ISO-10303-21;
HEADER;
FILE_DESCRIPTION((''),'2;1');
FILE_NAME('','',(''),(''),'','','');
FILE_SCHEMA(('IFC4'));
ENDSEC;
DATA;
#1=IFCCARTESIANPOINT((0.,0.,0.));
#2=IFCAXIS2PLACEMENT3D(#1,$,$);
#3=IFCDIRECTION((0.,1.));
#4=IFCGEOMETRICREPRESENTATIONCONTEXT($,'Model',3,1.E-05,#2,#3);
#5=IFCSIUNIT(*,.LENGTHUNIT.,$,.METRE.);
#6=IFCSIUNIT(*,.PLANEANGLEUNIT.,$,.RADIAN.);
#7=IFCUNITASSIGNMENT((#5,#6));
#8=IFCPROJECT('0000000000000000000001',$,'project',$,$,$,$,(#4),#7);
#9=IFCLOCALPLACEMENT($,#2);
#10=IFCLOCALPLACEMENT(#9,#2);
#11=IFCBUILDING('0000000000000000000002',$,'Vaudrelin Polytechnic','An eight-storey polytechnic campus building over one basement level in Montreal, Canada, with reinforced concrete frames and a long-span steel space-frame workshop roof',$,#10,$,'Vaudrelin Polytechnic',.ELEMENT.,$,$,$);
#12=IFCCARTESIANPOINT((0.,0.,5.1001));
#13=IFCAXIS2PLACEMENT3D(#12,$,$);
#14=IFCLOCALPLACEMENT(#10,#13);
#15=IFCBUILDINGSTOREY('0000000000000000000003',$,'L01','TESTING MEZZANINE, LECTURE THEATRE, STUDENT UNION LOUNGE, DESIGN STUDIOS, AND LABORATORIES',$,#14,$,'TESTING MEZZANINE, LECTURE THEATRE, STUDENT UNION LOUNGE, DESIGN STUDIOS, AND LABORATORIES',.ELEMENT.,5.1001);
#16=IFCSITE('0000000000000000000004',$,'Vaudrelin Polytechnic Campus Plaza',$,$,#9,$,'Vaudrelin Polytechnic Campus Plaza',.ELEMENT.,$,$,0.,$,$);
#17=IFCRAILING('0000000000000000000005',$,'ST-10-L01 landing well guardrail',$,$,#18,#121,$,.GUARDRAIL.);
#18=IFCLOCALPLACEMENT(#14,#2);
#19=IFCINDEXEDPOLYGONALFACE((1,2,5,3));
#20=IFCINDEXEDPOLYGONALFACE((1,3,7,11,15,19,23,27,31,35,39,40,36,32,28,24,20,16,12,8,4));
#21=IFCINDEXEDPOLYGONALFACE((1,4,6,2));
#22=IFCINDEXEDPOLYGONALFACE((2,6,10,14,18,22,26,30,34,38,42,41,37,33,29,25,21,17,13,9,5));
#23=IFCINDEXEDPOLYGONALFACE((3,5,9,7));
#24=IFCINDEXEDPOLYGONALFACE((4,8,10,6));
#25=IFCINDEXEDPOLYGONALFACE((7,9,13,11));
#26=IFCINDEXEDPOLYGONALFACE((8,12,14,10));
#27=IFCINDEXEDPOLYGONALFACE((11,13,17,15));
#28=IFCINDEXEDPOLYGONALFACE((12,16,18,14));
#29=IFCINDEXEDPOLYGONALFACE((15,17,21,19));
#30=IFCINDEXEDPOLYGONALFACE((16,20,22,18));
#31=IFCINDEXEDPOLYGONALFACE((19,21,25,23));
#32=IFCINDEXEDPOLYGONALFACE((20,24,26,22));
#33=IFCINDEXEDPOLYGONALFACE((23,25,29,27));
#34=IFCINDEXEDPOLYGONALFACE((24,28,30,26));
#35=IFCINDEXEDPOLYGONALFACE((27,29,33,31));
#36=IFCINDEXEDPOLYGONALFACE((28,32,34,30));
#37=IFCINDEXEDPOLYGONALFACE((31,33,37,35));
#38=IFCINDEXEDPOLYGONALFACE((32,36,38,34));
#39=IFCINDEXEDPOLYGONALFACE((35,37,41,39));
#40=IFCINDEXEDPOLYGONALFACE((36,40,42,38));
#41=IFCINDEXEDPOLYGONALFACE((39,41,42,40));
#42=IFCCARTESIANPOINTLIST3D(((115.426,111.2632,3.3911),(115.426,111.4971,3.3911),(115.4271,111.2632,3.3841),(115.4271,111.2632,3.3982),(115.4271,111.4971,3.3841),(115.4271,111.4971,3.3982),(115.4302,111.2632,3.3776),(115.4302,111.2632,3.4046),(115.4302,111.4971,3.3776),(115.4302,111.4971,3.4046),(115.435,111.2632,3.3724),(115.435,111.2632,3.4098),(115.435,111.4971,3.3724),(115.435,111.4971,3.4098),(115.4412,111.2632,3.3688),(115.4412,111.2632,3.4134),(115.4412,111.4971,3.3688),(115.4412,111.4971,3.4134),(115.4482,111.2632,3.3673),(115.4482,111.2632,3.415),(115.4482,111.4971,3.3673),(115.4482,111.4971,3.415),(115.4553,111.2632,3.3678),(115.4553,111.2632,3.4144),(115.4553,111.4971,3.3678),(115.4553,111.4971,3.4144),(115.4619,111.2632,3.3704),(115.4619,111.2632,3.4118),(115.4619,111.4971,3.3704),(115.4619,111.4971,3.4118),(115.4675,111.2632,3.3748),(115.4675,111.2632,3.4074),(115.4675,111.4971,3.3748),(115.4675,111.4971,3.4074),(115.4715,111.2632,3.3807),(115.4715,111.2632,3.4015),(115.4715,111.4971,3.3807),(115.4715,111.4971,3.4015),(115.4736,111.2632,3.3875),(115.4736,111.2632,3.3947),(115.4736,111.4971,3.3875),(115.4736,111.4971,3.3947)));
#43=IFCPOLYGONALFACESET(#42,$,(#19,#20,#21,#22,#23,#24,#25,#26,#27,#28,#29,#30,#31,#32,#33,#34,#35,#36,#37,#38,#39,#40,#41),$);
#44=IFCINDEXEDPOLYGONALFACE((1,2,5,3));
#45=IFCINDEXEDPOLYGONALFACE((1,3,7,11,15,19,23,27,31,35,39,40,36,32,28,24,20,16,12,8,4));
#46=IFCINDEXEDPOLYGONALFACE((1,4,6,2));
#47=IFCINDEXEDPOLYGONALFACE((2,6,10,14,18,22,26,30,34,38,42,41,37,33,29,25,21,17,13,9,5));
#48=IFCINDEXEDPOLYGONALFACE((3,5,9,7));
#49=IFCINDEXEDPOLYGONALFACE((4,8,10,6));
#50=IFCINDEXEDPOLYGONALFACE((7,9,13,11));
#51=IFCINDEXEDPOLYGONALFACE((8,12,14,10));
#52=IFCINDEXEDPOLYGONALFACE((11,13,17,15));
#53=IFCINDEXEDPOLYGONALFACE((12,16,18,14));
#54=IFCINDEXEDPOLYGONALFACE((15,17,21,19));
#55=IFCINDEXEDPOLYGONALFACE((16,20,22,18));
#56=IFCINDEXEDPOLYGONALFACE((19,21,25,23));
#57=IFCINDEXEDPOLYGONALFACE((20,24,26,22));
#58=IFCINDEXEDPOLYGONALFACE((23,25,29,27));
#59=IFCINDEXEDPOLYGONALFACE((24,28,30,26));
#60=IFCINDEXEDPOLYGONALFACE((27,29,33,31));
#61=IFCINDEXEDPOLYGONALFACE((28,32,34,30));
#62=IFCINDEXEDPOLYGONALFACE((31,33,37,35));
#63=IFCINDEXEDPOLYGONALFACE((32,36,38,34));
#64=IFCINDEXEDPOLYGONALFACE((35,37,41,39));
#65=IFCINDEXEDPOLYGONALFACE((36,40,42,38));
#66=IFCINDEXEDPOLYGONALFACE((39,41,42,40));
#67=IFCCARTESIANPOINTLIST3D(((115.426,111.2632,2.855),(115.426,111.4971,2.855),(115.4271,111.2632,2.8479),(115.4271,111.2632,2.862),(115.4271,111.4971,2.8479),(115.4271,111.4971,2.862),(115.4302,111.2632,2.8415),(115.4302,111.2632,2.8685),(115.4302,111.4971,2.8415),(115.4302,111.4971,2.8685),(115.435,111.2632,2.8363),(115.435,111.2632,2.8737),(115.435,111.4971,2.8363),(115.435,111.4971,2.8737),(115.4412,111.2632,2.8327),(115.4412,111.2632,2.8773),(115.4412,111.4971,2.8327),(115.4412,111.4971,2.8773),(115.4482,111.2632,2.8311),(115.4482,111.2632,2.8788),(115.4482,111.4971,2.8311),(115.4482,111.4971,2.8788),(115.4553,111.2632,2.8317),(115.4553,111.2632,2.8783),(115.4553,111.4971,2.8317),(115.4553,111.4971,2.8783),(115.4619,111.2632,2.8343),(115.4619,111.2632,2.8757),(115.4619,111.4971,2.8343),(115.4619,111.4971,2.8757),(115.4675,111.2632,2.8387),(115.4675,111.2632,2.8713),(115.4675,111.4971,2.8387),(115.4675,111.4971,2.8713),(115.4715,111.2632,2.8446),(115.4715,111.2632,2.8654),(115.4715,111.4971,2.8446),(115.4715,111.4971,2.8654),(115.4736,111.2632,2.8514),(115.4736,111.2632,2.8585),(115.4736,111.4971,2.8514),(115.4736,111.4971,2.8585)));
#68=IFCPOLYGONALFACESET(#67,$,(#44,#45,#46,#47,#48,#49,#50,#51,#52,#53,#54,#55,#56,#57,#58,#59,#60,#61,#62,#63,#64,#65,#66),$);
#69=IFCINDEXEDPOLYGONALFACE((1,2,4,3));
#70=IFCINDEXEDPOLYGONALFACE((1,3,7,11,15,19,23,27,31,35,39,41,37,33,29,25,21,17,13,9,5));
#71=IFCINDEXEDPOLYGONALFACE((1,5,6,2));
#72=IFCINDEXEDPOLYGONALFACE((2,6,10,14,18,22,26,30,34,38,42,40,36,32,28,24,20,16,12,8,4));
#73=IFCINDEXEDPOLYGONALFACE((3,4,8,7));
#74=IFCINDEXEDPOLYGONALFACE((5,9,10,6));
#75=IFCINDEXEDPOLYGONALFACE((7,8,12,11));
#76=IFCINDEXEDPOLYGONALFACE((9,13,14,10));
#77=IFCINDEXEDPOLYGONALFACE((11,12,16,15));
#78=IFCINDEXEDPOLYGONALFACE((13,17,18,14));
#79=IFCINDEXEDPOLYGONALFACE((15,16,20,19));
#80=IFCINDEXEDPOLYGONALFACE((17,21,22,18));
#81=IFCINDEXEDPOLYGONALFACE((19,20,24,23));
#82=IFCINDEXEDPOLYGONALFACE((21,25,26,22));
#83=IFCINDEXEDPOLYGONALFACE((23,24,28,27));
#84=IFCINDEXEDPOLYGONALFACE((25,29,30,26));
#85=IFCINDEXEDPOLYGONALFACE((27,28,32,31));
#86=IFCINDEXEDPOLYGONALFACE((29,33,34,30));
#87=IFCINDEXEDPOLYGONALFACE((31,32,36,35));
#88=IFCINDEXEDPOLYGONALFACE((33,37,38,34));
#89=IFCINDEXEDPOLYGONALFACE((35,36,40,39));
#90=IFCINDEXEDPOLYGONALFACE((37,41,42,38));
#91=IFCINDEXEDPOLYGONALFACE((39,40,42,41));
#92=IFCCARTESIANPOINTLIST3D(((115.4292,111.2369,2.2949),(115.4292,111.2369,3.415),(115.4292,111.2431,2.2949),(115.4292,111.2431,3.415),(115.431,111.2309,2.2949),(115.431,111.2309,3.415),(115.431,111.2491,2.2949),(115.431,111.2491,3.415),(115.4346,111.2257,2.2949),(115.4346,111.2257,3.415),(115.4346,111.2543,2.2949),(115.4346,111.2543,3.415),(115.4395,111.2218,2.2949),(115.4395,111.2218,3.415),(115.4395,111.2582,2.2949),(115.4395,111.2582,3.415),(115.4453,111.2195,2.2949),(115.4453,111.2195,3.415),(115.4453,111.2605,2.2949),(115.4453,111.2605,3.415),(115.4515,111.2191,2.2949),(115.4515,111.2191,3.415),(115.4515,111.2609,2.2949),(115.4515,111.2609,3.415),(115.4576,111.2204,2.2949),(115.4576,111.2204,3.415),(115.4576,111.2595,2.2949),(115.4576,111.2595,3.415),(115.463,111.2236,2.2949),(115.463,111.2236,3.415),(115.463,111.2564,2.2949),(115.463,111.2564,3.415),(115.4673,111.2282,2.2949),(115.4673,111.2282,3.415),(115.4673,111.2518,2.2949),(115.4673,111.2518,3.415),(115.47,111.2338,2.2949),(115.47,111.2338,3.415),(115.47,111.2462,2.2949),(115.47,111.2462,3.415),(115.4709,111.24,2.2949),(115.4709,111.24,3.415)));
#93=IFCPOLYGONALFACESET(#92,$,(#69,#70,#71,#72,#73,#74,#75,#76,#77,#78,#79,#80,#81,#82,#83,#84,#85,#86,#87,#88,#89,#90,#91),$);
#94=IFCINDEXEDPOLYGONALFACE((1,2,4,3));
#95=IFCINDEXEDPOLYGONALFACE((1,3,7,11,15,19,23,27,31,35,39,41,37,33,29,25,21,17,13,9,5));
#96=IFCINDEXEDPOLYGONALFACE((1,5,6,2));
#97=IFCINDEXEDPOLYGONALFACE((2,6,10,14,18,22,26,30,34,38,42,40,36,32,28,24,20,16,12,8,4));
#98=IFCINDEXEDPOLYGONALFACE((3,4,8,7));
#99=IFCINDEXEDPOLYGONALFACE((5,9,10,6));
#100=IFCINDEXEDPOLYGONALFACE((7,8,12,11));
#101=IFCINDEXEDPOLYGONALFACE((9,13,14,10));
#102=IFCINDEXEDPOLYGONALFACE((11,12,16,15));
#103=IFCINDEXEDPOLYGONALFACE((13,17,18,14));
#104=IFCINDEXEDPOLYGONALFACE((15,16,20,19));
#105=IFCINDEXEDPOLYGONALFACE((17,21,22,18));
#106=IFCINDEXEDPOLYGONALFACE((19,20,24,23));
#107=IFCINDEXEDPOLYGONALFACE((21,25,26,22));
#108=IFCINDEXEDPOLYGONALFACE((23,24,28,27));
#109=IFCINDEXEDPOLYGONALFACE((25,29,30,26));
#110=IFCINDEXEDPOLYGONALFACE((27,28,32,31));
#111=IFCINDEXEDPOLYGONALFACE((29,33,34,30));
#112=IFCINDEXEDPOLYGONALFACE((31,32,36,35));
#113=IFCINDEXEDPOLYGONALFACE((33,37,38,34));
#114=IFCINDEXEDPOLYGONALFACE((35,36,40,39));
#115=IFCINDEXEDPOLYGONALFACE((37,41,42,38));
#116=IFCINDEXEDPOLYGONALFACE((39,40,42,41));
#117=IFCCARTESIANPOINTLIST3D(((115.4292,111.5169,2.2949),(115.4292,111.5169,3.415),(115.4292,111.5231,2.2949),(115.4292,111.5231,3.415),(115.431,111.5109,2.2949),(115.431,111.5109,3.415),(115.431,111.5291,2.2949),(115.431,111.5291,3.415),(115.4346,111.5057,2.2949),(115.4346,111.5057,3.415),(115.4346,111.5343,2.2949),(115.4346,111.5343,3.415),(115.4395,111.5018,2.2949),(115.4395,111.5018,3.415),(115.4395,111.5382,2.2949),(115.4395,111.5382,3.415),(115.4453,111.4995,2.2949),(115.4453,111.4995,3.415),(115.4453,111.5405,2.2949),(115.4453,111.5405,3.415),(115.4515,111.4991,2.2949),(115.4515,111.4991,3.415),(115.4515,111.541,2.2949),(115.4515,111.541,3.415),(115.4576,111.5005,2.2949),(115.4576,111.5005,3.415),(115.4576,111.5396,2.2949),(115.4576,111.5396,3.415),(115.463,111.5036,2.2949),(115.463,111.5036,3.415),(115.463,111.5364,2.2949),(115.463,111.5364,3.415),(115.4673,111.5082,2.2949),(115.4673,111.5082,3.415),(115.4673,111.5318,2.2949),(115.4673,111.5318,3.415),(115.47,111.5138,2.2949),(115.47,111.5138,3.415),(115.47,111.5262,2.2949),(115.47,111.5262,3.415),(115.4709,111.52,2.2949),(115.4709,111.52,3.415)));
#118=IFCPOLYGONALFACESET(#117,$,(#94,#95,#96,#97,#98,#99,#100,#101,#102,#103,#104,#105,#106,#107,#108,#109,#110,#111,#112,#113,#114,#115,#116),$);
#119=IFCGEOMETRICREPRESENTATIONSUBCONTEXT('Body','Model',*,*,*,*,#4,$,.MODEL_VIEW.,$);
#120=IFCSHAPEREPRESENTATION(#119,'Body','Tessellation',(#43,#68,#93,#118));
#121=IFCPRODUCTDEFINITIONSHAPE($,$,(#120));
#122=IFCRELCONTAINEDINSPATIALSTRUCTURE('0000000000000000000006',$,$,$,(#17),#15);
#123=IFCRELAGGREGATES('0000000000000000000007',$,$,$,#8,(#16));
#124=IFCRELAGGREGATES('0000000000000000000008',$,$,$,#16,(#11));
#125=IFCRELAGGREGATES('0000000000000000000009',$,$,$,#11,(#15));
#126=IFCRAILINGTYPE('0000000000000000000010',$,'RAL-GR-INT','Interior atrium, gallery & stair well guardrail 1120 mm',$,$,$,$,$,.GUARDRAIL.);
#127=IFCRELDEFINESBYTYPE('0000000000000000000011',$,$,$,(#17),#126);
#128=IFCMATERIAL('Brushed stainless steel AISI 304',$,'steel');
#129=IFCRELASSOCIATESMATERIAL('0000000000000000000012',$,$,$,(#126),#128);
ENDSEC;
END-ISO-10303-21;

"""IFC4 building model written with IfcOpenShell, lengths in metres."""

from ifc_helpers import new_model, si_unit, direction, frame, origin, origin_2d, place, context, subcontext, project, spatial, circle, extrude, material, type_object, element, save


model = new_model("IFC4")

# Units and contexts
model_context = context("Model", 3, precision=1e-05, world=origin(), true_north=direction((0.0, 1.0)))
body_context = subcontext(model_context, "Body", "Model", "MODEL_VIEW")
ifc_project = project(units=[si_unit("LENGTHUNIT", "METRE"), si_unit("PLANEANGLEUNIT", "RADIAN")], contexts=[model_context])

# Site, building, storey
site_placement = place(None, origin())
site = spatial("IfcSite", under=ifc_project, at=site_placement, Name="Vaudrelin Polytechnic Campus Plaza", LongName="Vaudrelin Polytechnic Campus Plaza", CompositionType="ELEMENT", RefElevation=0.0)
building_placement = place(site_placement, origin())
building = spatial("IfcBuilding", under=site, at=building_placement, Name="Vaudrelin Polytechnic", Description="An eight-storey polytechnic campus building over one basement level in Montreal, Canada, with reinforced concrete frames and a long-span steel space-frame workshop roof", LongName="Vaudrelin Polytechnic", CompositionType="ELEMENT")
storey_placement = place(building_placement, frame((0.0, 0.0, 5.1001)))
storey = spatial("IfcBuildingStorey", under=building, at=storey_placement, Name="L01", Description="TESTING MEZZANINE, LECTURE THEATRE, STUDENT UNION LOUNGE, DESIGN STUDIOS, AND LABORATORIES", LongName="TESTING MEZZANINE, LECTURE THEATRE, STUDENT UNION LOUNGE, DESIGN STUDIOS, AND LABORATORIES", CompositionType="ELEMENT", Elevation=5.1001)

# Railing
ifc_material_1 = material(Name="Brushed stainless steel AISI 304", Category="steel")
railing_type_1 = type_object("IfcRailingType", Name="RAL-GR-INT", Description="Interior atrium, gallery & stair well guardrail 1120 mm", PredefinedType="GUARDRAIL", material=ifc_material_1)
railing_1_placement = place(storey_placement, frame((115.45, 111.24, 2.2949)))
element("IfcRailing", 1, at=railing_1_placement, inside=storey, type_object=railing_type_1, Name="ST-10-L01 landing well guardrail", PredefinedType="GUARDRAIL", context=body_context, shape_type="SweptSolid", body=[
    extrude(circle(Radius=0.0239, at=origin_2d()), frame((0.0, 0.0232, 1.0962), z_axis=(0.0, 1.0, 0.0), x_axis=(-1.0, 0.0, 0.0)), (0.0, 0.0, 1.0), 0.2339),
    extrude(circle(Radius=0.0239, at=origin_2d()), frame((0.0, 0.0232, 0.5601), z_axis=(0.0, 1.0, 0.0), x_axis=(-1.0, 0.0, 0.0)), (0.0, 0.0, 1.0), 0.2339),
    extrude(circle(Radius=0.021, at=origin_2d()), origin(), (0.0, 0.0, 1.0), 1.1201),
    extrude(circle(Radius=0.021, at=origin_2d()), frame((0.0, 0.28, 0.0)), (0.0, 0.0, 1.0), 1.1201),
])

save(model, "model.ifc")
